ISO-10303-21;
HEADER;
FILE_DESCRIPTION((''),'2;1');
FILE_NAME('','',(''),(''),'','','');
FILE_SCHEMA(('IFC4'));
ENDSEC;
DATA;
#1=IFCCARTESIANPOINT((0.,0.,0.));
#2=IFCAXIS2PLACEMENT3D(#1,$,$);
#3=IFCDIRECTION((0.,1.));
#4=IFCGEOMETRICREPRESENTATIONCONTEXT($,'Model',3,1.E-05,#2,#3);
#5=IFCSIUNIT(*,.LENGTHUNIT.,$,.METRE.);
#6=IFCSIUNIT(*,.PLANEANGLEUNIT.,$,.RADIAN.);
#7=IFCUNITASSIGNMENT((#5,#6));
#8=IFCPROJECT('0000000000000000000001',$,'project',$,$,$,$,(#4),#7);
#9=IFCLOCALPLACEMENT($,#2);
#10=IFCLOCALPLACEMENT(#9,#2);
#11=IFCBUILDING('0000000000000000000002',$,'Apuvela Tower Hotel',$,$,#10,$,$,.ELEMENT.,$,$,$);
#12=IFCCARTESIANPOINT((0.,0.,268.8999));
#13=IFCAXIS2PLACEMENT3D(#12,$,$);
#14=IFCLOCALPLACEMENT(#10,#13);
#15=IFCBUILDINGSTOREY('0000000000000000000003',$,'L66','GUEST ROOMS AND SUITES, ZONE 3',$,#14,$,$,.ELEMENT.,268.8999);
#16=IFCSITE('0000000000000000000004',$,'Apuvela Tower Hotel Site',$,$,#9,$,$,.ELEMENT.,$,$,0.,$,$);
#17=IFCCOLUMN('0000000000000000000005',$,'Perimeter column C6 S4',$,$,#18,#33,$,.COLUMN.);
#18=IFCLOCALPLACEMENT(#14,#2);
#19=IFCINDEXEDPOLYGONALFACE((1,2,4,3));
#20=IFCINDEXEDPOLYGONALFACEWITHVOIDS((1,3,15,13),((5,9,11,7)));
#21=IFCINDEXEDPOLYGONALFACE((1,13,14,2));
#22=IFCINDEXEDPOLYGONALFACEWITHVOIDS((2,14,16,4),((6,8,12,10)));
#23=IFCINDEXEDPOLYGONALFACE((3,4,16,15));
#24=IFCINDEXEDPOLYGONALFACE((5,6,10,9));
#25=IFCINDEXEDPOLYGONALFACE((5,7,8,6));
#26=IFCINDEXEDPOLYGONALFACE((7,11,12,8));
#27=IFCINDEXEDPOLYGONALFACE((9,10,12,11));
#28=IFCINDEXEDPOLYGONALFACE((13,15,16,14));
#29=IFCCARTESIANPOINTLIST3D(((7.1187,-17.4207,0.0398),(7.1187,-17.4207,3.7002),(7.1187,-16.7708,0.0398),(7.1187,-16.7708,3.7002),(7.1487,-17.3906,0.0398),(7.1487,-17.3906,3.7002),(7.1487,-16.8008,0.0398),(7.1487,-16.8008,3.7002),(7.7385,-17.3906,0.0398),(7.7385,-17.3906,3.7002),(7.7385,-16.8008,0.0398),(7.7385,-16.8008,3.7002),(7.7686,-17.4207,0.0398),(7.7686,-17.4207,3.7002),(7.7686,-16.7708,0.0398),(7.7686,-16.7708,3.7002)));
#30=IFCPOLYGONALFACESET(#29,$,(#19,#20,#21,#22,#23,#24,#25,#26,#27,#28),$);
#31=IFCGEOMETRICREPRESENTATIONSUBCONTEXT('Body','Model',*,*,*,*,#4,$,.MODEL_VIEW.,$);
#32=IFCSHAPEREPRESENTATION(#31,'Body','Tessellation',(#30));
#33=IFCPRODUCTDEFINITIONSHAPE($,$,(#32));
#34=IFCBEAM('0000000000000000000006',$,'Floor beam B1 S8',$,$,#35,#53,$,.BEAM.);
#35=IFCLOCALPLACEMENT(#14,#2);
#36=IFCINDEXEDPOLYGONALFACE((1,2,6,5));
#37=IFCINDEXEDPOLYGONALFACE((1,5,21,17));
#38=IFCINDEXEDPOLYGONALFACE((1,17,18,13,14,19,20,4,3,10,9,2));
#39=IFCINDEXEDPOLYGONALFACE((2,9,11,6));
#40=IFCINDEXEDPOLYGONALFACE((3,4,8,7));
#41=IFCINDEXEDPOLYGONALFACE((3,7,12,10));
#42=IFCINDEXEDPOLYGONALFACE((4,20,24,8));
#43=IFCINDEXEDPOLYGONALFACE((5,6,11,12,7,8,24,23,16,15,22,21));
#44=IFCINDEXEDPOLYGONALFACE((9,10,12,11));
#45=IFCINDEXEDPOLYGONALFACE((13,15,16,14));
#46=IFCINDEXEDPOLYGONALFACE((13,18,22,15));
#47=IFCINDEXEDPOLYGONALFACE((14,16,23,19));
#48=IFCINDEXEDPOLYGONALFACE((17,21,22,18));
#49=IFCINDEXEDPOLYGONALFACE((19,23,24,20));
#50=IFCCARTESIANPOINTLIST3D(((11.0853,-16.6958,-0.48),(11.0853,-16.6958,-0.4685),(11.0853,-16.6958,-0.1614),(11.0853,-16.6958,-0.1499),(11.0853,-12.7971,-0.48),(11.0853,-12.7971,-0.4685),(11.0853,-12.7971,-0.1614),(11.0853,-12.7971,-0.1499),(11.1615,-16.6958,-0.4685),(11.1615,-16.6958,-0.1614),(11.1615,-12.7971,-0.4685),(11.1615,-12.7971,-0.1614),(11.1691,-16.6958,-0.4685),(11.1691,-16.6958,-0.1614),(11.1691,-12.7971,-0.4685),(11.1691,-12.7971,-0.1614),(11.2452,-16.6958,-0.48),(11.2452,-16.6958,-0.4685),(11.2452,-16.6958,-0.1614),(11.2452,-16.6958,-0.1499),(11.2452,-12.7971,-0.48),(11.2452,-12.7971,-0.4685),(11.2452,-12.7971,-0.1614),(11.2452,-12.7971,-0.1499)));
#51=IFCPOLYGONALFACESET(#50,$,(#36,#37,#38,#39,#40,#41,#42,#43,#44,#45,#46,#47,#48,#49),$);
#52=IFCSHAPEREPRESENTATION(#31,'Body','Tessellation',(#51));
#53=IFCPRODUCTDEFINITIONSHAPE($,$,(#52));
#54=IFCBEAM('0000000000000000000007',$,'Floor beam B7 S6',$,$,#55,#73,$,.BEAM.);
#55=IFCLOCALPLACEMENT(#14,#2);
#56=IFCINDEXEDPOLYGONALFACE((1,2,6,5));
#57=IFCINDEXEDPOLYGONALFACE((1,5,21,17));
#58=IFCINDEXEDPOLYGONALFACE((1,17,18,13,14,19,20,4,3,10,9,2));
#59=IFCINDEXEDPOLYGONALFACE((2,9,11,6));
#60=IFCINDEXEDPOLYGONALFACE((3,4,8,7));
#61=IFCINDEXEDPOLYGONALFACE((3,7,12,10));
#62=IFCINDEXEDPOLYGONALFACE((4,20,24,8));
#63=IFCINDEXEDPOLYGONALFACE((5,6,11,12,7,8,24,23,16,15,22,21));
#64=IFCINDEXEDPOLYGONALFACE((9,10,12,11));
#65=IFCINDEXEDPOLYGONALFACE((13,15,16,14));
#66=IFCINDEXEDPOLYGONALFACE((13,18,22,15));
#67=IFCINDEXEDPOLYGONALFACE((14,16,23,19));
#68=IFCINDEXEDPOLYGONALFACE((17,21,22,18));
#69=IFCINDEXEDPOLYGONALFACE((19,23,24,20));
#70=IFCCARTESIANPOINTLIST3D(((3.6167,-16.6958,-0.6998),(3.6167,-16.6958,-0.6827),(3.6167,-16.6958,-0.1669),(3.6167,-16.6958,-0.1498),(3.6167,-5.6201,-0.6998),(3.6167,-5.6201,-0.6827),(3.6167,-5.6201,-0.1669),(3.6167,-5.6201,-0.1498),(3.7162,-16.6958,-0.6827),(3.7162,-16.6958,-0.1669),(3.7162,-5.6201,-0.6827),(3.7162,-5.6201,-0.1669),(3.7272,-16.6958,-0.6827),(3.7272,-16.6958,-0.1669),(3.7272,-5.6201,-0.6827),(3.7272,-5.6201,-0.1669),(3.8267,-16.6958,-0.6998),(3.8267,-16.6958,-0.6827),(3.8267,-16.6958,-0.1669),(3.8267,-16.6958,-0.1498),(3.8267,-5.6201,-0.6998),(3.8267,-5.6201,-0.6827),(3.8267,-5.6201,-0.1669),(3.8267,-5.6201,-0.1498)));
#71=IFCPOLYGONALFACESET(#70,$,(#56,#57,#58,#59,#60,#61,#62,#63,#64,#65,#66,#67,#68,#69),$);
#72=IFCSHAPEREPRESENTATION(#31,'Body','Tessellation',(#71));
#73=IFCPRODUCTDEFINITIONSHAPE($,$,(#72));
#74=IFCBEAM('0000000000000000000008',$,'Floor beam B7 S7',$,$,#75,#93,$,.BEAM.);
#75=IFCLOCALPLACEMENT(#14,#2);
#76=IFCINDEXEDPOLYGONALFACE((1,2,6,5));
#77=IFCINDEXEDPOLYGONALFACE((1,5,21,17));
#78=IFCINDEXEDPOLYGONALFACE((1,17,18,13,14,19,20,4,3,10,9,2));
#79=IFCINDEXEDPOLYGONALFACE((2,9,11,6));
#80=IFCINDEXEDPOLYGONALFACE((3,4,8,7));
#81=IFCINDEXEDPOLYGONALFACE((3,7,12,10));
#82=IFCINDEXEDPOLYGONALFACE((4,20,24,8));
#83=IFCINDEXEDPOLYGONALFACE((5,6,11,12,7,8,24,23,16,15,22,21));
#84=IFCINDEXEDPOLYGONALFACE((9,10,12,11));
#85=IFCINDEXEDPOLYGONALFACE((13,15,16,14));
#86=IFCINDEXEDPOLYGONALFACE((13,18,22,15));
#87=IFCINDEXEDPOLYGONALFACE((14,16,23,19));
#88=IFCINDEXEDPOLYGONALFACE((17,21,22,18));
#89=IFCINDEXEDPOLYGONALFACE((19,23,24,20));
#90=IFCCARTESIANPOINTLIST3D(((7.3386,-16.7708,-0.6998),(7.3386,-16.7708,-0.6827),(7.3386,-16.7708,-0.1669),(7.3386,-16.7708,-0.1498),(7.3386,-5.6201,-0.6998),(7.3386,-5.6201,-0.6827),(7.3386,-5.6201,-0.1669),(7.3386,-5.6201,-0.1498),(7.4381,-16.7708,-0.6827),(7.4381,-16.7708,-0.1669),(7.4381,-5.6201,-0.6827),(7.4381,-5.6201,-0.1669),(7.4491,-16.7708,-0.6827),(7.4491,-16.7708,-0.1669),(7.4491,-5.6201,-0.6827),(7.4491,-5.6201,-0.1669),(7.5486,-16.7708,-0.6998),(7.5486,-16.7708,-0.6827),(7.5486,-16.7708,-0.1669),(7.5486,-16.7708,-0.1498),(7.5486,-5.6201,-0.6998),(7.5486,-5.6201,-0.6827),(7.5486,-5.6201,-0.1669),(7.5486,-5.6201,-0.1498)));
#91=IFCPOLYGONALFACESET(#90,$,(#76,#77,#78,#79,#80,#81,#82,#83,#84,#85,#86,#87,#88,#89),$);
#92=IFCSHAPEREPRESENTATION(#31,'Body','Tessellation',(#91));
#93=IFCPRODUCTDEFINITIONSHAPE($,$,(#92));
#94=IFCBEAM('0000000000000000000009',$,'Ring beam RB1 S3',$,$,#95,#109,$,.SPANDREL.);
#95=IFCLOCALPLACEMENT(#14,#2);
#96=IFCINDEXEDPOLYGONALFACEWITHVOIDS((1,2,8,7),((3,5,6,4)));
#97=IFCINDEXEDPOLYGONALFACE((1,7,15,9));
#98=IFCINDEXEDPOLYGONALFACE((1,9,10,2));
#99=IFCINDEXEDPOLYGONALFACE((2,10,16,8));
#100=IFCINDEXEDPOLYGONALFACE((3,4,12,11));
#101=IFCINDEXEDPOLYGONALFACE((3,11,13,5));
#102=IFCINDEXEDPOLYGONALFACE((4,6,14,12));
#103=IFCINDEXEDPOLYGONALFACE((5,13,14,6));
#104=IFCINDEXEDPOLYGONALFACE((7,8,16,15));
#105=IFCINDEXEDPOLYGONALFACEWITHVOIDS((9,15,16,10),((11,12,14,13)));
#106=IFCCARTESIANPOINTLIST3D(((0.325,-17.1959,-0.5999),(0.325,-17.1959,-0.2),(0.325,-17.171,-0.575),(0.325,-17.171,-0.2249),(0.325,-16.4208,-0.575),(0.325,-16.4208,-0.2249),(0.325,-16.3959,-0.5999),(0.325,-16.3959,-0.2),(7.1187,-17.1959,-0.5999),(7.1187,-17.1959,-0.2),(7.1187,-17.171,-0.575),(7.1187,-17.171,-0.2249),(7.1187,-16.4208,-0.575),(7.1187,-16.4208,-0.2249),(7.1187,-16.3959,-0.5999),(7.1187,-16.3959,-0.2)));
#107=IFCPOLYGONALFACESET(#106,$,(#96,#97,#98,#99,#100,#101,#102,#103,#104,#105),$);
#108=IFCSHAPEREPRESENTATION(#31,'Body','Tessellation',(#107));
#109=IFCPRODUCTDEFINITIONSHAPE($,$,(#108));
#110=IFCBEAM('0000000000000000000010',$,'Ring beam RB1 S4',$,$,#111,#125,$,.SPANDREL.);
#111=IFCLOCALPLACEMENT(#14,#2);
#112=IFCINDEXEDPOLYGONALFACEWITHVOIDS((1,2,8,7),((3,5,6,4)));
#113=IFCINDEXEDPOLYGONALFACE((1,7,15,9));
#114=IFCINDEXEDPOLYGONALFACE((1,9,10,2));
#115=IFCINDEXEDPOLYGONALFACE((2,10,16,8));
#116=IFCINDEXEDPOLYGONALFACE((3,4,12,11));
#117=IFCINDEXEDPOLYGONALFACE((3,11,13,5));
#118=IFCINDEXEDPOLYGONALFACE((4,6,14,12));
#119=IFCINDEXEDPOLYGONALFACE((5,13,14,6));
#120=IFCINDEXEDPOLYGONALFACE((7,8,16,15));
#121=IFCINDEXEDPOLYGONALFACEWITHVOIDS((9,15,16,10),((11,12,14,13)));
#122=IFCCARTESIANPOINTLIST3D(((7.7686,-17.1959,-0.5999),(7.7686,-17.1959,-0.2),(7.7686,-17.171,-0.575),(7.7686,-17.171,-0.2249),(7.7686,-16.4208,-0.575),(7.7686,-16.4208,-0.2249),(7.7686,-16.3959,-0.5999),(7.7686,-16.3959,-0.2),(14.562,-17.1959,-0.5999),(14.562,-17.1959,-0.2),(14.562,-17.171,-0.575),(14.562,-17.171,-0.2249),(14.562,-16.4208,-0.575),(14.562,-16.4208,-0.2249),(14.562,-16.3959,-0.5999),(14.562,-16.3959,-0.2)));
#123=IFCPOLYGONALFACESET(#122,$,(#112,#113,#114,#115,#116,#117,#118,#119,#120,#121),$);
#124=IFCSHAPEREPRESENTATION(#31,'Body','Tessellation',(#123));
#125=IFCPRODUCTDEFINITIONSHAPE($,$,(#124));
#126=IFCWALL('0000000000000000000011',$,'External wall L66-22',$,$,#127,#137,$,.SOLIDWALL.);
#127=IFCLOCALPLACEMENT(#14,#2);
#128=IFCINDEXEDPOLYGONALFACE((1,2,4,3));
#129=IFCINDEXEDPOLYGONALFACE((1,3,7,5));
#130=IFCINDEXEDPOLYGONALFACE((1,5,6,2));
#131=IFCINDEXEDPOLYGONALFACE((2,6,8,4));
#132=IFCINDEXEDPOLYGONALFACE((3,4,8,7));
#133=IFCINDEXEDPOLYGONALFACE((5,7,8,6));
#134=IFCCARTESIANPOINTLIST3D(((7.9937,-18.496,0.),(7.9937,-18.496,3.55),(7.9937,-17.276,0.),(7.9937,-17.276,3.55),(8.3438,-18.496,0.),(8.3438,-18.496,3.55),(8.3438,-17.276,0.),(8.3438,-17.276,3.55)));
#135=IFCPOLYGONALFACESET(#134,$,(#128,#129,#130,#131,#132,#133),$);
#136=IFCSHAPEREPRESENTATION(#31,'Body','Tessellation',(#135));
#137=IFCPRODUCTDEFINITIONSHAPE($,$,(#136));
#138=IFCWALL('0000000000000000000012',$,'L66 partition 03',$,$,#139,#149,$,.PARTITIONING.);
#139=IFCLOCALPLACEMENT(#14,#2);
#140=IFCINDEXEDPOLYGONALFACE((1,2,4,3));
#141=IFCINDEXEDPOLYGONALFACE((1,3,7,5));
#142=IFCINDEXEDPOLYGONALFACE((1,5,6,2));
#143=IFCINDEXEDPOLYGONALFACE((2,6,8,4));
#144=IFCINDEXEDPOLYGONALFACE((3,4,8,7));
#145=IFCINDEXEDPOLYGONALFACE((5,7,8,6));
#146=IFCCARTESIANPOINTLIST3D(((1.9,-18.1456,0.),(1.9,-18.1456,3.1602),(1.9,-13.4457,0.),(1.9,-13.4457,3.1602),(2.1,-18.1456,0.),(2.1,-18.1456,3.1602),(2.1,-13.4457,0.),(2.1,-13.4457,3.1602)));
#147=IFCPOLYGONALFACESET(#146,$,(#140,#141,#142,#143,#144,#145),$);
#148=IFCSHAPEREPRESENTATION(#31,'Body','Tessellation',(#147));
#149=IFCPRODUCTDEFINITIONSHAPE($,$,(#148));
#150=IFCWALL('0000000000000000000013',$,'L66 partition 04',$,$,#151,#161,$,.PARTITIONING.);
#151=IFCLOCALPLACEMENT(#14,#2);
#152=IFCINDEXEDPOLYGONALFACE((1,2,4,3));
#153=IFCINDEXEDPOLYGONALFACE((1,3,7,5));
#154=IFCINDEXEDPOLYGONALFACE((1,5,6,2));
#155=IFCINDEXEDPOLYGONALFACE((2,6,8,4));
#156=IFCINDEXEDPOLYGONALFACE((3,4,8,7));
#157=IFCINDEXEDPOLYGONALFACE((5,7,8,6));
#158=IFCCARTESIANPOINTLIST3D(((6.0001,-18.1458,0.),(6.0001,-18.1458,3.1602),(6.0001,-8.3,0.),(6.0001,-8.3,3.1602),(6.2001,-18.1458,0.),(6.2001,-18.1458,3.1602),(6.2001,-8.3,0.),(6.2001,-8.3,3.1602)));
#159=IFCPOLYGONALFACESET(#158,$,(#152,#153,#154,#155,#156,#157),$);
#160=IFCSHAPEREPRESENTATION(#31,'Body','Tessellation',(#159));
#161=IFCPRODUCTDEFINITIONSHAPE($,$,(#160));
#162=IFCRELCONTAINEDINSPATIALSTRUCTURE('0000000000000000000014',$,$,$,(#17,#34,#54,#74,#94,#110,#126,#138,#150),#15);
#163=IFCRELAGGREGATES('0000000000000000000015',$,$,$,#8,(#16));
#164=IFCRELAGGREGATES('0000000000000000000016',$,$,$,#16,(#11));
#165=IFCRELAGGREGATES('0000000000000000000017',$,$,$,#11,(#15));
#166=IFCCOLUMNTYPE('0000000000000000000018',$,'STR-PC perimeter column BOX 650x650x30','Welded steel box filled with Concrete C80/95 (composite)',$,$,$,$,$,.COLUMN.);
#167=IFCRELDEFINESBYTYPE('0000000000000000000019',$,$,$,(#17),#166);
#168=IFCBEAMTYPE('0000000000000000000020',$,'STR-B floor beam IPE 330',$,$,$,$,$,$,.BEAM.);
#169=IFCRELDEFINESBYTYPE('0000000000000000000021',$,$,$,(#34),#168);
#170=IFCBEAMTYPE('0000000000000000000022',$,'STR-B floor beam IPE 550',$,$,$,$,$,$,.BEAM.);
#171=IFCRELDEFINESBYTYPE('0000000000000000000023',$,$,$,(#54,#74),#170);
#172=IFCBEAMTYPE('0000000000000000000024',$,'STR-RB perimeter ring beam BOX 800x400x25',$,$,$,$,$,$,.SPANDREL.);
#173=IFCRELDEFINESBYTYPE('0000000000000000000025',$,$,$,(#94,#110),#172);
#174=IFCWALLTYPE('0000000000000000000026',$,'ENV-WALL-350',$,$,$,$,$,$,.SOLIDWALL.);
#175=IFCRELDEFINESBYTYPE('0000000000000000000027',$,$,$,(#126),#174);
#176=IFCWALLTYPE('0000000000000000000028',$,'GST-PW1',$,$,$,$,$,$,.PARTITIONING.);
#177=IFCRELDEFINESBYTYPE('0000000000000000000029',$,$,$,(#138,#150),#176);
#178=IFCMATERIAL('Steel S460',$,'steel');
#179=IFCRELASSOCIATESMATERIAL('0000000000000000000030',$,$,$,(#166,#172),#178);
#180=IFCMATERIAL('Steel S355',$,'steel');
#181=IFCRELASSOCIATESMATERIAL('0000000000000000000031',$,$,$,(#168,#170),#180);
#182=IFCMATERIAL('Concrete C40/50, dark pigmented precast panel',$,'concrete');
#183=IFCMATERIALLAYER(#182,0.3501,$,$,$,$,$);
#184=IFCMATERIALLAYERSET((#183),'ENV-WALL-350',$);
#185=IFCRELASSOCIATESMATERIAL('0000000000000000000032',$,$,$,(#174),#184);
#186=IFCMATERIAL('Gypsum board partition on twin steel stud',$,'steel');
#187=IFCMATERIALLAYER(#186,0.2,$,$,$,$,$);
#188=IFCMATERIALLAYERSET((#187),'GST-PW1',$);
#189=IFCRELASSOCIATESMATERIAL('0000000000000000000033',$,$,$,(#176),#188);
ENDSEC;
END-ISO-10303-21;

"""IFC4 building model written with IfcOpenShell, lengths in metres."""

from ifc_helpers import new_model, si_unit, direction, frame, frame_2d, origin, origin_2d, place, context, subcontext, project, spatial, rectangle, hollow_rectangle, i_section, extrude, boolean, halfspace, material, layer, layer_set, material_profile, profile_set, type_object, element, save


model = new_model("IFC4")

# Units and contexts
model_context = context("Model", 3, precision=1e-05, world=origin(), true_north=direction((0.0, 1.0)))
body_context = subcontext(model_context, "Body", "Model", "MODEL_VIEW")
ifc_project = project(units=[si_unit("LENGTHUNIT", "METRE"), si_unit("PLANEANGLEUNIT", "RADIAN")], contexts=[model_context])

# Site, building, storey
site_placement = place(None, origin())
site = spatial("IfcSite", under=ifc_project, at=site_placement, Name="Apuvela Tower Hotel Site", CompositionType="ELEMENT", RefElevation=0.0)
building_placement = place(site_placement, origin())
building = spatial("IfcBuilding", under=site, at=building_placement, Name="Apuvela Tower Hotel", CompositionType="ELEMENT")
storey_placement = place(building_placement, frame((0.0, 0.0, 268.8999)))
storey = spatial("IfcBuildingStorey", under=building, at=storey_placement, Name="L66", Description="GUEST ROOMS AND SUITES, ZONE 3", CompositionType="ELEMENT", Elevation=268.8999)

# Column
ifc_material_1 = material(Name="Steel S460", Category="steel")
ifc_material_profile_1 = material_profile(ifc_material_1, hollow_rectangle(XDim=0.6499, YDim=0.6499, WallThickness=0.03, at=origin_2d()), Name="BOX 650x650x30")
ifc_material_2 = material(Name="Concrete C80/95", Category="concrete")
ifc_material_profile_2 = material_profile(ifc_material_2, rectangle(XDim=0.5901, YDim=0.5901, at=origin_2d()), Name="Concrete C80/95 infill")
ifc_profile_set_1 = profile_set([ifc_material_profile_1, ifc_material_profile_2], Name="Steel S460")
column_type = type_object("IfcColumnType", Name="STR-PC perimeter column BOX 650x650x30", Description="Welded steel box filled with Concrete C80/95 (composite)", PredefinedType="COLUMN", material=ifc_profile_set_1)
column_placement = place(storey_placement, frame((7.4436, -17.0957, 0.0), z_axis=(0.0, 0.0, 1.0), x_axis=(-1.0, 0.0, 0.0)))
element("IfcColumn", 1, at=column_placement, inside=storey, type_object=column_type, Name="Perimeter column C6 S4", PredefinedType="COLUMN", context=body_context, shape_type="SweptSolid", body=[
    boolean("DIFFERENCE", extrude(hollow_rectangle(XDim=0.6499, YDim=0.6499, WallThickness=0.03, at=origin_2d()), origin(), (0.0, 0.0, 1.0), 3.7002), halfspace(frame((0.0, 0.0, 0.0398), z_axis=(0.0, 0.0, 1.0), x_axis=(1.0, 0.0, 0.0)), True)),
])

# Beams
ifc_material_3 = material(Name="Steel S355", Category="steel")
ifc_material_profile_3 = material_profile(ifc_material_3, i_section(OverallWidth=0.1599, OverallDepth=0.3301, WebThickness=0.0076, FlangeThickness=0.0115, at=origin_2d()), Name="IPE 330")
ifc_profile_set_2 = profile_set([ifc_material_profile_3], Name="Steel S355")
beam_type_1 = type_object("IfcBeamType", Name="STR-B floor beam IPE 330", PredefinedType="BEAM", material=ifc_profile_set_2)
beam_1_placement = place(storey_placement, frame((11.1653, -16.6958, -0.3149), z_axis=(0.0, 1.0, 0.0), x_axis=(-1.0, 0.0, 0.0)))
element("IfcBeam", 2, at=beam_1_placement, inside=storey, type_object=beam_type_1, Name="Floor beam B1 S8", PredefinedType="BEAM", context=body_context, shape_type="SweptSolid", body=[
    extrude(i_section(OverallWidth=0.1599, OverallDepth=0.3301, WebThickness=0.0076, FlangeThickness=0.0115, at=origin_2d()), origin(), (0.0, 0.0, 1.0), 3.8987),
])
ifc_material_profile_4 = material_profile(ifc_material_3, i_section(OverallWidth=0.21, OverallDepth=0.55, WebThickness=0.011, FlangeThickness=0.0171, at=origin_2d()), Name="IPE 550")
ifc_profile_set_3 = profile_set([ifc_material_profile_4], Name="Steel S355")
beam_type_2 = type_object("IfcBeamType", Name="STR-B floor beam IPE 550", PredefinedType="BEAM", material=ifc_profile_set_3)
beam_2_placement = place(storey_placement, frame((3.7217, -16.6958, -0.4248), z_axis=(0.0, 1.0, 0.0), x_axis=(-1.0, 0.0, 0.0)))
element("IfcBeam", 3, at=beam_2_placement, inside=storey, type_object=beam_type_2, Name="Floor beam B7 S6", PredefinedType="BEAM", context=body_context, shape_type="SweptSolid", body=[
    extrude(i_section(OverallWidth=0.21, OverallDepth=0.55, WebThickness=0.011, FlangeThickness=0.0171, at=origin_2d()), origin(), (0.0, 0.0, 1.0), 11.0757),
])
beam_3_placement = place(storey_placement, frame((7.4436, -16.7708, -0.4248), z_axis=(0.0, 1.0, 0.0), x_axis=(-1.0, 0.0, 0.0)))
element("IfcBeam", 4, at=beam_3_placement, inside=storey, type_object=beam_type_2, Name="Floor beam B7 S7", PredefinedType="BEAM", context=body_context, shape_type="SweptSolid", body=[
    extrude(i_section(OverallWidth=0.21, OverallDepth=0.55, WebThickness=0.011, FlangeThickness=0.0171, at=origin_2d()), origin(), (0.0, 0.0, 1.0), 11.1506),
])
ifc_material_profile_5 = material_profile(ifc_material_1, hollow_rectangle(XDim=0.8, YDim=0.3999, WallThickness=0.0249, at=origin_2d()), Name="BOX 800x400x25")
ifc_profile_set_4 = profile_set([ifc_material_profile_5], Name="Steel S460")
beam_type_3 = type_object("IfcBeamType", Name="STR-RB perimeter ring beam BOX 800x400x25", PredefinedType="SPANDREL", material=ifc_profile_set_4)
beam_4_placement = place(storey_placement, frame((0.325, -16.7959, -0.3999), z_axis=(1.0, 0.0, 0.0), x_axis=(0.0, 1.0, 0.0)))
element("IfcBeam", 5, at=beam_4_placement, inside=storey, type_object=beam_type_3, Name="Ring beam RB1 S3", PredefinedType="SPANDREL", context=body_context, shape_type="SweptSolid", body=[
    extrude(hollow_rectangle(XDim=0.8, YDim=0.3999, WallThickness=0.0249, at=origin_2d()), origin(), (0.0, 0.0, 1.0), 6.7937),
])
beam_5_placement = place(storey_placement, frame((7.7686, -16.7959, -0.3999), z_axis=(1.0, 0.0, 0.0), x_axis=(0.0, 1.0, 0.0)))
element("IfcBeam", 6, at=beam_5_placement, inside=storey, type_object=beam_type_3, Name="Ring beam RB1 S4", PredefinedType="SPANDREL", context=body_context, shape_type="SweptSolid", body=[
    extrude(hollow_rectangle(XDim=0.8, YDim=0.3999, WallThickness=0.0249, at=origin_2d()), origin(), (0.0, 0.0, 1.0), 6.7935),
])

# Wall
ifc_material_4 = material(Name="Concrete C40/50, dark pigmented precast panel", Category="concrete")
ifc_layer_1 = layer(ifc_material_4, 0.3501)
ifc_layer_set_1 = layer_set([ifc_layer_1], Name="ENV-WALL-350")
wall_type_1 = type_object("IfcWallType", Name="ENV-WALL-350", PredefinedType="SOLIDWALL", material=ifc_layer_set_1)
wall_1_placement = place(storey_placement, frame((8.1687, -18.4958, 0.0), z_axis=(0.0, 0.0, 1.0), x_axis=(0.0, 1.0, 0.0)))
element("IfcWall", 7, at=wall_1_placement, inside=storey, type_object=wall_type_1, Name="External wall L66-22", PredefinedType="SOLIDWALL", context=body_context, shape_type="SweptSolid", body=[
    extrude(rectangle(XDim=1.22, YDim=0.3501, at=frame_2d((0.6099, 0.0))), origin(), (0.0, 0.0, 1.0), 3.55),
])

# Walls
ifc_material_5 = material(Name="Gypsum board partition on twin steel stud", Category="steel")
ifc_layer_2 = layer(ifc_material_5, 0.2)
ifc_layer_set_2 = layer_set([ifc_layer_2], Name="GST-PW1")
wall_type_2 = type_object("IfcWallType", Name="GST-PW1", PredefinedType="PARTITIONING", material=ifc_layer_set_2)
wall_2_placement = place(storey_placement, frame((2.0, -18.1458, 0.0), z_axis=(0.0, 0.0, 1.0), x_axis=(0.0, 1.0, 0.0)))
element("IfcWall", 8, at=wall_2_placement, inside=storey, type_object=wall_type_2, Name="L66 partition 03", PredefinedType="PARTITIONING", context=body_context, shape_type="SweptSolid", body=[
    extrude(rectangle(XDim=4.7, YDim=0.2, at=frame_2d((2.3501, 0.0))), origin(), (0.0, 0.0, 1.0), 3.1602),
])
wall_3_placement = place(storey_placement, frame((6.1001, -18.1458, 0.0), z_axis=(0.0, 0.0, 1.0), x_axis=(0.0, 1.0, 0.0)))
element("IfcWall", 9, at=wall_3_placement, inside=storey, type_object=wall_type_2, Name="L66 partition 04", PredefinedType="PARTITIONING", context=body_context, shape_type="SweptSolid", body=[
    extrude(rectangle(XDim=9.8457, YDim=0.2, at=frame_2d((4.9229, 0.0))), origin(), (0.0, 0.0, 1.0), 3.1602),
])

save(model, "model.ifc")
